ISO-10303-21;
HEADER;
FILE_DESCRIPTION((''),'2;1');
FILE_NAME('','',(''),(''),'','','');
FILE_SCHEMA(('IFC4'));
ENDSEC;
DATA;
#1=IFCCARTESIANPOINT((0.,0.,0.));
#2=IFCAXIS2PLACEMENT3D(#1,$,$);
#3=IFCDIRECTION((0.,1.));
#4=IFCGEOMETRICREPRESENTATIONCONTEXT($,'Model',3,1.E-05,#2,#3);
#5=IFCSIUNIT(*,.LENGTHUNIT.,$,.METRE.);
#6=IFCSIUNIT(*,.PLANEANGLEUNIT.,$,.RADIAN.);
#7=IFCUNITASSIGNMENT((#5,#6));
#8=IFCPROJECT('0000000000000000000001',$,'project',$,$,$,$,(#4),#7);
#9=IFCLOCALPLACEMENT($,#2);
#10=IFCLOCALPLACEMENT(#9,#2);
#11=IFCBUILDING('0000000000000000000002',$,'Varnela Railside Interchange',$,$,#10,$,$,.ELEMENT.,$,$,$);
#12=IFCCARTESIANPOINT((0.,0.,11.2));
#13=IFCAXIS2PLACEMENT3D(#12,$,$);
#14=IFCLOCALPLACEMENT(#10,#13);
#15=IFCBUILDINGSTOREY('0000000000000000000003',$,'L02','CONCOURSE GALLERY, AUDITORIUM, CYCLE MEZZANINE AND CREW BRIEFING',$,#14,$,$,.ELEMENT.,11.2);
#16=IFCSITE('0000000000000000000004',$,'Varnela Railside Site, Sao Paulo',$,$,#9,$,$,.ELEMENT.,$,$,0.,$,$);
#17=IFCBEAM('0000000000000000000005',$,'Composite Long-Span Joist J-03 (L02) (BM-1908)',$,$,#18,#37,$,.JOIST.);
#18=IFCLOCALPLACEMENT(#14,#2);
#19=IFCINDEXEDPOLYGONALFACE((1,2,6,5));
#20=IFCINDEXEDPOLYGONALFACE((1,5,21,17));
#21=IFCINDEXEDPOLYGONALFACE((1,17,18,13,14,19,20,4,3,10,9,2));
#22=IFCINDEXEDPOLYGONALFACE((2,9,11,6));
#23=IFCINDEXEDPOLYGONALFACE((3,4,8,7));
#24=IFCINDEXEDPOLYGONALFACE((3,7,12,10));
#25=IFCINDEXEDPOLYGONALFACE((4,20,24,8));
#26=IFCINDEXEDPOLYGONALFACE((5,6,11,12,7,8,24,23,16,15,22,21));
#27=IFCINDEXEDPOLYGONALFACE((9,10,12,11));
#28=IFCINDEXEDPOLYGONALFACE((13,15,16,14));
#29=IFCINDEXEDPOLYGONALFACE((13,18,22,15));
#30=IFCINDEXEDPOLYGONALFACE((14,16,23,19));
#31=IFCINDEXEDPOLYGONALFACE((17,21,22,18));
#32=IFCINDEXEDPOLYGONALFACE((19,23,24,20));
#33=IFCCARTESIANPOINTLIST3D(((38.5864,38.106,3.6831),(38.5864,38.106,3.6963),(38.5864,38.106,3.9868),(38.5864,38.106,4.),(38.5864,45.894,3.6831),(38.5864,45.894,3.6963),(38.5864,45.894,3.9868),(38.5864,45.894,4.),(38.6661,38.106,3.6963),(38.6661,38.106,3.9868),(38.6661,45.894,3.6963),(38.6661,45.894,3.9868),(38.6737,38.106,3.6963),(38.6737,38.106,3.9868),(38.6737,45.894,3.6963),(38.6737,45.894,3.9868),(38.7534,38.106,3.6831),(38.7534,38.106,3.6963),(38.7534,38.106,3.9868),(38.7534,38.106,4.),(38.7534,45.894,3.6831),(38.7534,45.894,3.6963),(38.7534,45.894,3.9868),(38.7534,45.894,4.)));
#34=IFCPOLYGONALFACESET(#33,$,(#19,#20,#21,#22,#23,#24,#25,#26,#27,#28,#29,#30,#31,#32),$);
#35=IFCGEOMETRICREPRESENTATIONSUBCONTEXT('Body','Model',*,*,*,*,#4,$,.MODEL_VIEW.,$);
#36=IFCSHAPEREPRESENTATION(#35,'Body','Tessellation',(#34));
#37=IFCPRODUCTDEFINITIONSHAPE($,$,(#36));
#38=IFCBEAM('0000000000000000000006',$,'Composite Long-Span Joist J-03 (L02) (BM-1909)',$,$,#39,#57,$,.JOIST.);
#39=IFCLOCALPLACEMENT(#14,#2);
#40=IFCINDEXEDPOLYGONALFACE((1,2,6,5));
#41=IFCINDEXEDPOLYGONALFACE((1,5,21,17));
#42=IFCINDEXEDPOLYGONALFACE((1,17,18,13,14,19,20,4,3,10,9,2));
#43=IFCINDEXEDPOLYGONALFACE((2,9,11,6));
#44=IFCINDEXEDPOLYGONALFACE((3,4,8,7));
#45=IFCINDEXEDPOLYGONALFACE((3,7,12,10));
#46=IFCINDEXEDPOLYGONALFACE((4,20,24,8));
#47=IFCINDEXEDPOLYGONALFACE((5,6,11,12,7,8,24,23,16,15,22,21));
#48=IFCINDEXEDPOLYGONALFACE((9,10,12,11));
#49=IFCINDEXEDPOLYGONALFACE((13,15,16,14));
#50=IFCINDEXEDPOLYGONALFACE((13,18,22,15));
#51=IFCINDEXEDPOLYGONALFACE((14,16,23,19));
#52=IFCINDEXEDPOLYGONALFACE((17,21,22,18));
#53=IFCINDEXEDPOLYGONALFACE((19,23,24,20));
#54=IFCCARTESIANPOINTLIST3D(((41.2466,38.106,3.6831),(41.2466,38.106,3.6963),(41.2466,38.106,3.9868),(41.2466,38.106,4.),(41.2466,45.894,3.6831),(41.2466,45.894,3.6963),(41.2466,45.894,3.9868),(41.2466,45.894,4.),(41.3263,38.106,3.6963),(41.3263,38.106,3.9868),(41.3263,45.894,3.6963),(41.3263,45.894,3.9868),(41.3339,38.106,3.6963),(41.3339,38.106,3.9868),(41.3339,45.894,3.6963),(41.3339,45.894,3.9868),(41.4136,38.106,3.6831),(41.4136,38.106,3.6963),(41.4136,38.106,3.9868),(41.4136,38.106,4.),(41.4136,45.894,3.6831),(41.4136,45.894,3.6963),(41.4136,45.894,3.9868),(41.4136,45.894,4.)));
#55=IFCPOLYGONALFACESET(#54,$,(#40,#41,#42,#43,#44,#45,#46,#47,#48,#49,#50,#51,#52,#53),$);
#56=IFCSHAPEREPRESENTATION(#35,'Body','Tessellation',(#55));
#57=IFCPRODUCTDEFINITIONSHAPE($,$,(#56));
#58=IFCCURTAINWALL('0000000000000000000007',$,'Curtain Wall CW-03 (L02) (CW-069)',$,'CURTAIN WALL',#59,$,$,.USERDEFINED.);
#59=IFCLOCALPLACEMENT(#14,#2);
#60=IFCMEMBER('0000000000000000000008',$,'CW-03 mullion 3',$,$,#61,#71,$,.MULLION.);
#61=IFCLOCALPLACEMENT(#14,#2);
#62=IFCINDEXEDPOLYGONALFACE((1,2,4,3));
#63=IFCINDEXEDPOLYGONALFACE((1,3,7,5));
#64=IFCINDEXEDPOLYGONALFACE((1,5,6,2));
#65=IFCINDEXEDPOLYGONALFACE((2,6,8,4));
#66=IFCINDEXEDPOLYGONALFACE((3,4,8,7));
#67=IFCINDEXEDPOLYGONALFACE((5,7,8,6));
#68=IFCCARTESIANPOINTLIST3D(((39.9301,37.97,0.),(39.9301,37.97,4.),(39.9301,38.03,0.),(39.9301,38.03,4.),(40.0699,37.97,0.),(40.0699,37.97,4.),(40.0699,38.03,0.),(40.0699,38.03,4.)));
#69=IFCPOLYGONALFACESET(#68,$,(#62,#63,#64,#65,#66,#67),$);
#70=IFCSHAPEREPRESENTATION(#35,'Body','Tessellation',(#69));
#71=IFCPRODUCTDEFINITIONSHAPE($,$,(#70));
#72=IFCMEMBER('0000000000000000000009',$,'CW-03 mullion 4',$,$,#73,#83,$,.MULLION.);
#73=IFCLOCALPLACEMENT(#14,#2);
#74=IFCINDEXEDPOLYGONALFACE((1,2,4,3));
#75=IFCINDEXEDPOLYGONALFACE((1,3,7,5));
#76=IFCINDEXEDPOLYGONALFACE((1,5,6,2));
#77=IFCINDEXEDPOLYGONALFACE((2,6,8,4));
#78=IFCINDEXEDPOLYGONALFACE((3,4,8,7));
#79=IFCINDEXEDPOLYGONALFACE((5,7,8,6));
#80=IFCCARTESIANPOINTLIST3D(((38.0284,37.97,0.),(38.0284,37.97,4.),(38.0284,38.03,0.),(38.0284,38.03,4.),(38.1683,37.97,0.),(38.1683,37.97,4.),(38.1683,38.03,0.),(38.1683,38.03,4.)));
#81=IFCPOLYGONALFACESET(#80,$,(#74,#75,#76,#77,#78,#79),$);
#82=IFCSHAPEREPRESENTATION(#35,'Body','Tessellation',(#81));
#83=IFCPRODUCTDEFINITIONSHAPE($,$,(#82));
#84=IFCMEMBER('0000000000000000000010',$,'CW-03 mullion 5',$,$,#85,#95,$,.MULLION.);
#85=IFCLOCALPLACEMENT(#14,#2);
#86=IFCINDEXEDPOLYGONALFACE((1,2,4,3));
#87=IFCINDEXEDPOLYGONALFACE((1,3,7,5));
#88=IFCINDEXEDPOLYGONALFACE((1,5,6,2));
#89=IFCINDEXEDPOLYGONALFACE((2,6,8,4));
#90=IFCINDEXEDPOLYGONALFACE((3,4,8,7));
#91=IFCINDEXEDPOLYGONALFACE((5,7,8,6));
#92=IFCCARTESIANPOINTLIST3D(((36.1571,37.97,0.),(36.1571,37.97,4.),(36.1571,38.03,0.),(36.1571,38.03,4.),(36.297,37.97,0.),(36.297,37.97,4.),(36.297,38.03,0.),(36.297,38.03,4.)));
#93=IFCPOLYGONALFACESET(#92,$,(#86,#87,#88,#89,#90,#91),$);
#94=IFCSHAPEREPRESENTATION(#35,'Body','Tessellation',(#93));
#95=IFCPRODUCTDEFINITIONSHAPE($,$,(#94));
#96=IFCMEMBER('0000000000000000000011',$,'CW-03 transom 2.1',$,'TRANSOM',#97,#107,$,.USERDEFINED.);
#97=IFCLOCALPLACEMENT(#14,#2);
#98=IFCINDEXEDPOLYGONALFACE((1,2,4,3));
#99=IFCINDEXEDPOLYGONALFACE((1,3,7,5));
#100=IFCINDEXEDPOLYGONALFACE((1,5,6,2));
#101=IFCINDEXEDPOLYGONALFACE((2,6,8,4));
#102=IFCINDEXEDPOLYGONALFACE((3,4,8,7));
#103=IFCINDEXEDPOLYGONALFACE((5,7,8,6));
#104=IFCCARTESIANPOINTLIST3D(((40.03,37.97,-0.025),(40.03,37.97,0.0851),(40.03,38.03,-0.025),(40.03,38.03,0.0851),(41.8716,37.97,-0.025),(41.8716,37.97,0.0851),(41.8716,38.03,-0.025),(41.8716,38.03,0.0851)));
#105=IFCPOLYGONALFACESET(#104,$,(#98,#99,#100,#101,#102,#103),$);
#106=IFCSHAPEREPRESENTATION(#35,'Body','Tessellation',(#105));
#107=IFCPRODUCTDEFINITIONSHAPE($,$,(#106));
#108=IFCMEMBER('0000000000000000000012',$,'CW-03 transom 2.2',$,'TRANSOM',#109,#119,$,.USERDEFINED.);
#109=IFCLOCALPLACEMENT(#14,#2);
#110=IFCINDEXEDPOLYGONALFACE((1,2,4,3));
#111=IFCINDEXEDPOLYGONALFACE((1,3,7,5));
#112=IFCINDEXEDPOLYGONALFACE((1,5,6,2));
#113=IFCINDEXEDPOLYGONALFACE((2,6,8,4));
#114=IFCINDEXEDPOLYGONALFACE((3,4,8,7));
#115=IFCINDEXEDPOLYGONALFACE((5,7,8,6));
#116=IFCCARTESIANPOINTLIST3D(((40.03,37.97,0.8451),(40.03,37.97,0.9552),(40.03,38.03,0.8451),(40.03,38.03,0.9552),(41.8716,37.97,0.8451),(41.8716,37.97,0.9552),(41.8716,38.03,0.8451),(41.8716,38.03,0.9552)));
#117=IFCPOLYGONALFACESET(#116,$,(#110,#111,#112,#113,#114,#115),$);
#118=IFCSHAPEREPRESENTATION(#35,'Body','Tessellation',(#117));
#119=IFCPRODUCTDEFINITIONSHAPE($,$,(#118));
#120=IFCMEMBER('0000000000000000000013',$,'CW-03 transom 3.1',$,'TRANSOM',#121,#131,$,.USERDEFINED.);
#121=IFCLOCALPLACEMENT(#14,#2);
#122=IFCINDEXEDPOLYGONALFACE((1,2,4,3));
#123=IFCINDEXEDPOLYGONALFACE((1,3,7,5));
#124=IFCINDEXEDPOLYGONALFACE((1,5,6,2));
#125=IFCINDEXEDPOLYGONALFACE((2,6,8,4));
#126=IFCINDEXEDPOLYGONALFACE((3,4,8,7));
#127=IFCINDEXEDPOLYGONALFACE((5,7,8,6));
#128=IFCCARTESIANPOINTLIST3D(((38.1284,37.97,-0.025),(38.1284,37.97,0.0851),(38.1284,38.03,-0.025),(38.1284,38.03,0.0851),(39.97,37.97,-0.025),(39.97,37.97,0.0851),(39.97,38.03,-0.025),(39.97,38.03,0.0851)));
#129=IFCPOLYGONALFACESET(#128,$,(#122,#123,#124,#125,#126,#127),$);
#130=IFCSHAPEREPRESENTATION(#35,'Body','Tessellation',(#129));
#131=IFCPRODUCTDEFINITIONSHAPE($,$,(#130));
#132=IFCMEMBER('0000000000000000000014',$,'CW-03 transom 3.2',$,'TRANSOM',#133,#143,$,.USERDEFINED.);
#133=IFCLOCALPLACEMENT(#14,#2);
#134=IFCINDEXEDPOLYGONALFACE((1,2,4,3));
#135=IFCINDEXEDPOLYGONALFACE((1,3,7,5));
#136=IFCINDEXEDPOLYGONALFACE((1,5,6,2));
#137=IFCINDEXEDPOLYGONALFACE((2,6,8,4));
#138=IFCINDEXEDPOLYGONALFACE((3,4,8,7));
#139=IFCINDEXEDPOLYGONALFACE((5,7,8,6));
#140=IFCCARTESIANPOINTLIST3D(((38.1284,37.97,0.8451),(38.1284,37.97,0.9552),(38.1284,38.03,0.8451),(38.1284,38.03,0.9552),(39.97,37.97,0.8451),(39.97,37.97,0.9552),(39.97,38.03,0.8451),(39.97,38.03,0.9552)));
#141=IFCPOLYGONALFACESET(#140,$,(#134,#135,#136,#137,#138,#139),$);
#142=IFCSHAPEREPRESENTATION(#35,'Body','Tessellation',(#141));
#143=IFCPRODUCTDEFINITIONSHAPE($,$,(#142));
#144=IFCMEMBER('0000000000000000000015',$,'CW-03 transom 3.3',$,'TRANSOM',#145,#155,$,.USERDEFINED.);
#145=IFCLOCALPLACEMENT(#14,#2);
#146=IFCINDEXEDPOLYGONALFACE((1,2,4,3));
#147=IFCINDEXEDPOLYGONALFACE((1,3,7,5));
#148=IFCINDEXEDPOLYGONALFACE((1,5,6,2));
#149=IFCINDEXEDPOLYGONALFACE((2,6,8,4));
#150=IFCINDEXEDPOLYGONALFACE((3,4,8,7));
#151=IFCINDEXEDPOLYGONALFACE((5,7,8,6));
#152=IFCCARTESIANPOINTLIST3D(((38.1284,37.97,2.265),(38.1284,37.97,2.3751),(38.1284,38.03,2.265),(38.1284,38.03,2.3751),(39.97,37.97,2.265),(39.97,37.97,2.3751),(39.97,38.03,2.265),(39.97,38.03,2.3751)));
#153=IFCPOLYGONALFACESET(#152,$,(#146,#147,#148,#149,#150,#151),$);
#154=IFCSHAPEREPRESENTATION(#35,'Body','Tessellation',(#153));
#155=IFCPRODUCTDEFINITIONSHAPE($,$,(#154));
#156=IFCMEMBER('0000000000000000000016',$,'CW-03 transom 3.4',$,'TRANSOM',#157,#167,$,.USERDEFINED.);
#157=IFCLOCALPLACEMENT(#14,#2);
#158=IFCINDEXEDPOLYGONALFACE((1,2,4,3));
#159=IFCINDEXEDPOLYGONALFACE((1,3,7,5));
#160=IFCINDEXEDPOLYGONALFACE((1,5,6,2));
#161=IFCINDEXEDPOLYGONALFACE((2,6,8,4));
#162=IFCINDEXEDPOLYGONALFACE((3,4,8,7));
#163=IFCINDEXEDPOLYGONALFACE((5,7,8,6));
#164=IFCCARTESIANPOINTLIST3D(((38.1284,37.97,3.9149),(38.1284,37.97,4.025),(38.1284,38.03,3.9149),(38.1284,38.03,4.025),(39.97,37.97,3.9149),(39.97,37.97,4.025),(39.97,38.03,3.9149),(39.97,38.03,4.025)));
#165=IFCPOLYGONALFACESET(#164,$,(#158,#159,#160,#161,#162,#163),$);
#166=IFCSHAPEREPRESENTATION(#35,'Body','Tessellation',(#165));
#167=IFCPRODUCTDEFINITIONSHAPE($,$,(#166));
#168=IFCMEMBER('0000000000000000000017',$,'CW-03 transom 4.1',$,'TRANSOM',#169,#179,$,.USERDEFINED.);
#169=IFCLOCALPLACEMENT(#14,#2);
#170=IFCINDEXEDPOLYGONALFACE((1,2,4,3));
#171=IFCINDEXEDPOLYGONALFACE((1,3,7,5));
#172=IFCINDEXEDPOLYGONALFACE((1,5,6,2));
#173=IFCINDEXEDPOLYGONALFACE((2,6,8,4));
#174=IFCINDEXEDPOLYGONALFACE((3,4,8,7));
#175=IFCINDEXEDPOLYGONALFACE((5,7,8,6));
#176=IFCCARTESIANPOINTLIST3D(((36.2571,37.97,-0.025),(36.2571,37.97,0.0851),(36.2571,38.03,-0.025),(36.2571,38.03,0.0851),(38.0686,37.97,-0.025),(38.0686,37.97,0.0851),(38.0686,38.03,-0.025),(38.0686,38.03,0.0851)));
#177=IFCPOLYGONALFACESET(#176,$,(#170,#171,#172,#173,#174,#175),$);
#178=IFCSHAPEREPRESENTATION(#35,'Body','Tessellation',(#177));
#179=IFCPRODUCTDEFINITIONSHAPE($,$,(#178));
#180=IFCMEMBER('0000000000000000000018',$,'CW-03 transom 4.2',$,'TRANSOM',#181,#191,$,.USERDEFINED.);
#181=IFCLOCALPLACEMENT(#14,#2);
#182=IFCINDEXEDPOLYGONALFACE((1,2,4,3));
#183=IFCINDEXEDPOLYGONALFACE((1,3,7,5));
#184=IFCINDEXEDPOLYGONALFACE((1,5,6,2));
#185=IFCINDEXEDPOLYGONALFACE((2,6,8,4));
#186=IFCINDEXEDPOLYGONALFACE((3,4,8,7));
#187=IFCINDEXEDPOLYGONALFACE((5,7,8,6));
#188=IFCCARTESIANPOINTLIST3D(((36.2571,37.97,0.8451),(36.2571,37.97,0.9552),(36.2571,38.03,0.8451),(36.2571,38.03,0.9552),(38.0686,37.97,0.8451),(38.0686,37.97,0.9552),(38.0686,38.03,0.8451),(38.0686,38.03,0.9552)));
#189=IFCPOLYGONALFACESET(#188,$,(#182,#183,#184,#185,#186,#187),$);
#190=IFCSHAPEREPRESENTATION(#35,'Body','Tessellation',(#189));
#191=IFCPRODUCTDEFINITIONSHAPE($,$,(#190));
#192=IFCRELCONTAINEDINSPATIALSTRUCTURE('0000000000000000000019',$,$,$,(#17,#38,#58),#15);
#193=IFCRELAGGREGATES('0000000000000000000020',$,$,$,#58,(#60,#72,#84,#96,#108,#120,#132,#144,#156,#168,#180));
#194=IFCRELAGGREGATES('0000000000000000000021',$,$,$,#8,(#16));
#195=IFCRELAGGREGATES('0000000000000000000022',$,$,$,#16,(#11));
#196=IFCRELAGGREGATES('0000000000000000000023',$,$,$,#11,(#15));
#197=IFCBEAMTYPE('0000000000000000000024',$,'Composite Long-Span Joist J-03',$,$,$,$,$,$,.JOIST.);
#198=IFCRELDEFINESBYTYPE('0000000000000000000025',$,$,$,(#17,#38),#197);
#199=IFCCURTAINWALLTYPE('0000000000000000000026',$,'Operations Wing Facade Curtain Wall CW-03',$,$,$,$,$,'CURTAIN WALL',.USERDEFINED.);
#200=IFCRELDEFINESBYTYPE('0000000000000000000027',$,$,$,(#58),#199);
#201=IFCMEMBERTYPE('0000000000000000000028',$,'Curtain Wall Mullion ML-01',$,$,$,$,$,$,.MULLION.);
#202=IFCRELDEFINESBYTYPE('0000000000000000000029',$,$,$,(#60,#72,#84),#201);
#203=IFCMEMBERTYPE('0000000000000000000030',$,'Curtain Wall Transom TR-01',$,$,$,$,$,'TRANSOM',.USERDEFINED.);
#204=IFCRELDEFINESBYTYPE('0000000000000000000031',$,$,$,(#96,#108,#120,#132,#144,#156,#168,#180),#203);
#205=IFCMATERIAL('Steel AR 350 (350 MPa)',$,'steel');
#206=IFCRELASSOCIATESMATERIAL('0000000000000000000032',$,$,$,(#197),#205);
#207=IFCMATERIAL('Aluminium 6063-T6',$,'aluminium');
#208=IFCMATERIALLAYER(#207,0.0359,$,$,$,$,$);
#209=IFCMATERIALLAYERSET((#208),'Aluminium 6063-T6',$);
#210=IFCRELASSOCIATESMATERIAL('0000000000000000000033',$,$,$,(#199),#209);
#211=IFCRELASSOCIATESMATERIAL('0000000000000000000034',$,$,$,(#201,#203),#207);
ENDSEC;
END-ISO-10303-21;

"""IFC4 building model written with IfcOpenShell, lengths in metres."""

from ifc_helpers import new_model, si_unit, direction, frame, origin, origin_2d, place, context, subcontext, project, spatial, rectangle, i_section, extrude, material, layer, layer_set, material_profile, profile_set, type_object, element, aggregate, save


model = new_model("IFC4")

# Units and contexts
model_context = context("Model", 3, precision=1e-05, world=origin(), true_north=direction((0.0, 1.0)))
body_context = subcontext(model_context, "Body", "Model", "MODEL_VIEW")
ifc_project = project(units=[si_unit("LENGTHUNIT", "METRE"), si_unit("PLANEANGLEUNIT", "RADIAN")], contexts=[model_context])

# Site, building, storey
site_placement = place(None, origin())
site = spatial("IfcSite", under=ifc_project, at=site_placement, Name="Varnela Railside Site, Sao Paulo", CompositionType="ELEMENT", RefElevation=0.0)
building_placement = place(site_placement, origin())
building = spatial("IfcBuilding", under=site, at=building_placement, Name="Varnela Railside Interchange", CompositionType="ELEMENT")
storey_placement = place(building_placement, frame((0.0, 0.0, 11.2)))
storey = spatial("IfcBuildingStorey", under=building, at=storey_placement, Name="L02", Description="CONCOURSE GALLERY, AUDITORIUM, CYCLE MEZZANINE AND CREW BRIEFING", CompositionType="ELEMENT", Elevation=11.2)

# Beams
ifc_material_1 = material(Name="Steel AR 350 (350 MPa)", Category="steel")
ifc_material_profile_1 = material_profile(ifc_material_1, i_section(OverallWidth=0.167, OverallDepth=0.3169, WebThickness=0.0076, FlangeThickness=0.0132, at=origin_2d()), Name="W310x52")
ifc_profile_set_1 = profile_set([ifc_material_profile_1], Name="Steel AR 350 (350 MPa)")
beam_type_1 = type_object("IfcBeamType", Name="Composite Long-Span Joist J-03", PredefinedType="JOIST", material=ifc_profile_set_1)
for number, where, z_axis, x_axis, name in (
    (1, (38.6699, 38.106, 3.8416), (0.0, 1.0, 0.0), (-1.0, 0.0, 0.0), "Composite Long-Span Joist J-03 (L02) (BM-1908)"),
    (2, (41.3301, 38.106, 3.8416), (0.0, 1.0, 0.0), (-1.0, 0.0, 0.0), "Composite Long-Span Joist J-03 (L02) (BM-1909)"),
):
    element("IfcBeam", number, at=place(storey_placement, frame(where, z_axis=z_axis, x_axis=x_axis)), inside=storey, type_object=beam_type_1, Name=name, PredefinedType="JOIST", context=body_context, shape_type="SweptSolid", body=[
        extrude(i_section(OverallWidth=0.167, OverallDepth=0.3169, WebThickness=0.0076, FlangeThickness=0.0132, at=origin_2d()), origin(), (0.0, 0.0, 1.0), 7.7881),
    ])

# Curtain wall, members
ifc_material_2 = material(Name="Aluminium 6063-T6", Category="aluminium")
ifc_layer_1 = layer(ifc_material_2, 0.0359)
ifc_layer_set_1 = layer_set([ifc_layer_1], Name="Aluminium 6063-T6")
curtain_wall_type = type_object("IfcCurtainWallType", Name="Operations Wing Facade Curtain Wall CW-03", ElementType="CURTAIN WALL", PredefinedType="USERDEFINED", material=ifc_layer_set_1)
curtain_wall_placement = place(storey_placement, origin())
curtain_wall = element("IfcCurtainWall", 3, at=curtain_wall_placement, inside=storey, type_object=curtain_wall_type, Name="Curtain Wall CW-03 (L02) (CW-069)", ObjectType="CURTAIN WALL", PredefinedType="USERDEFINED")
ifc_material_profile_2 = material_profile(ifc_material_2, rectangle(XDim=0.0601, YDim=0.1399, at=origin_2d()), Name="ALU 60x140")
ifc_profile_set_2 = profile_set([ifc_material_profile_2], Name="Aluminium 6063-T6")
member_type_1 = type_object("IfcMemberType", Name="Curtain Wall Mullion ML-01", PredefinedType="MULLION", material=ifc_profile_set_2)
member_1_placement = place(storey_placement, frame((40.0, 38.0, 0.0), z_axis=(0.0, 0.0, 1.0), x_axis=(0.0, -1.0, 0.0)))
member_1 = element("IfcMember", 4, at=member_1_placement, type_object=member_type_1, Name="CW-03 mullion 3", PredefinedType="MULLION", context=body_context, shape_type="SweptSolid", body=[
    extrude(rectangle(XDim=0.0601, YDim=0.1399, at=origin_2d()), origin(), (0.0, 0.0, 1.0), 4.0),
])
member_2_placement = place(storey_placement, frame((38.0984, 38.0, 0.0), z_axis=(0.0, 0.0, 1.0), x_axis=(0.0, -1.0, 0.0)))
member_2 = element("IfcMember", 5, at=member_2_placement, type_object=member_type_1, Name="CW-03 mullion 4", PredefinedType="MULLION", context=body_context, shape_type="SweptSolid", body=[
    extrude(rectangle(XDim=0.0601, YDim=0.1399, at=origin_2d()), origin(), (0.0, 0.0, 1.0), 4.0),
])
member_3_placement = place(storey_placement, frame((36.2271, 38.0, 0.0), z_axis=(0.0, 0.0, 1.0), x_axis=(0.0, -1.0, 0.0)))
member_3 = element("IfcMember", 6, at=member_3_placement, type_object=member_type_1, Name="CW-03 mullion 5", PredefinedType="MULLION", context=body_context, shape_type="SweptSolid", body=[
    extrude(rectangle(XDim=0.0601, YDim=0.1399, at=origin_2d()), origin(), (0.0, 0.0, 1.0), 4.0),
])
ifc_material_profile_3 = material_profile(ifc_material_2, rectangle(XDim=0.0601, YDim=0.1101, at=origin_2d()), Name="ALU 60x110")
ifc_profile_set_3 = profile_set([ifc_material_profile_3], Name="Aluminium 6063-T6")
member_type_2 = type_object("IfcMemberType", Name="Curtain Wall Transom TR-01", ElementType="TRANSOM", PredefinedType="USERDEFINED", material=ifc_profile_set_3)
member_4_placement = place(storey_placement, frame((41.8716, 38.0, 0.03), z_axis=(-1.0, 0.0, 0.0), x_axis=(0.0, -1.0, 0.0)))
member_4 = element("IfcMember", 7, at=member_4_placement, type_object=member_type_2, Name="CW-03 transom 2.1", ObjectType="TRANSOM", PredefinedType="USERDEFINED", context=body_context, shape_type="SweptSolid", body=[
    extrude(rectangle(XDim=0.0601, YDim=0.1101, at=origin_2d()), origin(), (0.0, 0.0, 1.0), 1.8416),
])
member_5_placement = place(storey_placement, frame((41.8716, 38.0, 0.9001), z_axis=(-1.0, 0.0, 0.0), x_axis=(0.0, -1.0, 0.0)))
member_5 = element("IfcMember", 8, at=member_5_placement, type_object=member_type_2, Name="CW-03 transom 2.2", ObjectType="TRANSOM", PredefinedType="USERDEFINED", context=body_context, shape_type="SweptSolid", body=[
    extrude(rectangle(XDim=0.0601, YDim=0.1101, at=origin_2d()), origin(), (0.0, 0.0, 1.0), 1.8416),
])
member_6_placement = place(storey_placement, frame((39.97, 38.0, 0.03), z_axis=(-1.0, 0.0, 0.0), x_axis=(0.0, -1.0, 0.0)))
member_6 = element("IfcMember", 9, at=member_6_placement, type_object=member_type_2, Name="CW-03 transom 3.1", ObjectType="TRANSOM", PredefinedType="USERDEFINED", context=body_context, shape_type="SweptSolid", body=[
    extrude(rectangle(XDim=0.0601, YDim=0.1101, at=origin_2d()), origin(), (0.0, 0.0, 1.0), 1.8416),
])
member_7_placement = place(storey_placement, frame((39.97, 38.0, 0.9001), z_axis=(-1.0, 0.0, 0.0), x_axis=(0.0, -1.0, 0.0)))
member_7 = element("IfcMember", 10, at=member_7_placement, type_object=member_type_2, Name="CW-03 transom 3.2", ObjectType="TRANSOM", PredefinedType="USERDEFINED", context=body_context, shape_type="SweptSolid", body=[
    extrude(rectangle(XDim=0.0601, YDim=0.1101, at=origin_2d()), origin(), (0.0, 0.0, 1.0), 1.8416),
])
member_8_placement = place(storey_placement, frame((39.97, 38.0, 2.3201), z_axis=(-1.0, 0.0, 0.0), x_axis=(0.0, -1.0, 0.0)))
member_8 = element("IfcMember", 11, at=member_8_placement, type_object=member_type_2, Name="CW-03 transom 3.3", ObjectType="TRANSOM", PredefinedType="USERDEFINED", context=body_context, shape_type="SweptSolid", body=[
    extrude(rectangle(XDim=0.0601, YDim=0.1101, at=origin_2d()), origin(), (0.0, 0.0, 1.0), 1.8416),
])
member_9_placement = place(storey_placement, frame((39.97, 38.0, 3.97), z_axis=(-1.0, 0.0, 0.0), x_axis=(0.0, -1.0, 0.0)))
member_9 = element("IfcMember", 12, at=member_9_placement, type_object=member_type_2, Name="CW-03 transom 3.4", ObjectType="TRANSOM", PredefinedType="USERDEFINED", context=body_context, shape_type="SweptSolid", body=[
    extrude(rectangle(XDim=0.0601, YDim=0.1101, at=origin_2d()), origin(), (0.0, 0.0, 1.0), 1.8416),
])
member_10_placement = place(storey_placement, frame((38.0686, 38.0, 0.03), z_axis=(-1.0, 0.0, 0.0), x_axis=(0.0, -1.0, 0.0)))
member_10 = element("IfcMember", 13, at=member_10_placement, type_object=member_type_2, Name="CW-03 transom 4.1", ObjectType="TRANSOM", PredefinedType="USERDEFINED", context=body_context, shape_type="SweptSolid", body=[
    extrude(rectangle(XDim=0.0601, YDim=0.1101, at=origin_2d()), origin(), (0.0, 0.0, 1.0), 1.8115),
])
member_11_placement = place(storey_placement, frame((38.0686, 38.0, 0.9001), z_axis=(-1.0, 0.0, 0.0), x_axis=(0.0, -1.0, 0.0)))
member_11 = element("IfcMember", 14, at=member_11_placement, type_object=member_type_2, Name="CW-03 transom 4.2", ObjectType="TRANSOM", PredefinedType="USERDEFINED", context=body_context, shape_type="SweptSolid", body=[
    extrude(rectangle(XDim=0.0601, YDim=0.1101, at=origin_2d()), origin(), (0.0, 0.0, 1.0), 1.8115),
])

aggregate(curtain_wall, [member_1, member_2, member_3, member_4, member_5, member_6, member_7, member_8, member_9, member_10, member_11])

save(model, "model.ifc")
